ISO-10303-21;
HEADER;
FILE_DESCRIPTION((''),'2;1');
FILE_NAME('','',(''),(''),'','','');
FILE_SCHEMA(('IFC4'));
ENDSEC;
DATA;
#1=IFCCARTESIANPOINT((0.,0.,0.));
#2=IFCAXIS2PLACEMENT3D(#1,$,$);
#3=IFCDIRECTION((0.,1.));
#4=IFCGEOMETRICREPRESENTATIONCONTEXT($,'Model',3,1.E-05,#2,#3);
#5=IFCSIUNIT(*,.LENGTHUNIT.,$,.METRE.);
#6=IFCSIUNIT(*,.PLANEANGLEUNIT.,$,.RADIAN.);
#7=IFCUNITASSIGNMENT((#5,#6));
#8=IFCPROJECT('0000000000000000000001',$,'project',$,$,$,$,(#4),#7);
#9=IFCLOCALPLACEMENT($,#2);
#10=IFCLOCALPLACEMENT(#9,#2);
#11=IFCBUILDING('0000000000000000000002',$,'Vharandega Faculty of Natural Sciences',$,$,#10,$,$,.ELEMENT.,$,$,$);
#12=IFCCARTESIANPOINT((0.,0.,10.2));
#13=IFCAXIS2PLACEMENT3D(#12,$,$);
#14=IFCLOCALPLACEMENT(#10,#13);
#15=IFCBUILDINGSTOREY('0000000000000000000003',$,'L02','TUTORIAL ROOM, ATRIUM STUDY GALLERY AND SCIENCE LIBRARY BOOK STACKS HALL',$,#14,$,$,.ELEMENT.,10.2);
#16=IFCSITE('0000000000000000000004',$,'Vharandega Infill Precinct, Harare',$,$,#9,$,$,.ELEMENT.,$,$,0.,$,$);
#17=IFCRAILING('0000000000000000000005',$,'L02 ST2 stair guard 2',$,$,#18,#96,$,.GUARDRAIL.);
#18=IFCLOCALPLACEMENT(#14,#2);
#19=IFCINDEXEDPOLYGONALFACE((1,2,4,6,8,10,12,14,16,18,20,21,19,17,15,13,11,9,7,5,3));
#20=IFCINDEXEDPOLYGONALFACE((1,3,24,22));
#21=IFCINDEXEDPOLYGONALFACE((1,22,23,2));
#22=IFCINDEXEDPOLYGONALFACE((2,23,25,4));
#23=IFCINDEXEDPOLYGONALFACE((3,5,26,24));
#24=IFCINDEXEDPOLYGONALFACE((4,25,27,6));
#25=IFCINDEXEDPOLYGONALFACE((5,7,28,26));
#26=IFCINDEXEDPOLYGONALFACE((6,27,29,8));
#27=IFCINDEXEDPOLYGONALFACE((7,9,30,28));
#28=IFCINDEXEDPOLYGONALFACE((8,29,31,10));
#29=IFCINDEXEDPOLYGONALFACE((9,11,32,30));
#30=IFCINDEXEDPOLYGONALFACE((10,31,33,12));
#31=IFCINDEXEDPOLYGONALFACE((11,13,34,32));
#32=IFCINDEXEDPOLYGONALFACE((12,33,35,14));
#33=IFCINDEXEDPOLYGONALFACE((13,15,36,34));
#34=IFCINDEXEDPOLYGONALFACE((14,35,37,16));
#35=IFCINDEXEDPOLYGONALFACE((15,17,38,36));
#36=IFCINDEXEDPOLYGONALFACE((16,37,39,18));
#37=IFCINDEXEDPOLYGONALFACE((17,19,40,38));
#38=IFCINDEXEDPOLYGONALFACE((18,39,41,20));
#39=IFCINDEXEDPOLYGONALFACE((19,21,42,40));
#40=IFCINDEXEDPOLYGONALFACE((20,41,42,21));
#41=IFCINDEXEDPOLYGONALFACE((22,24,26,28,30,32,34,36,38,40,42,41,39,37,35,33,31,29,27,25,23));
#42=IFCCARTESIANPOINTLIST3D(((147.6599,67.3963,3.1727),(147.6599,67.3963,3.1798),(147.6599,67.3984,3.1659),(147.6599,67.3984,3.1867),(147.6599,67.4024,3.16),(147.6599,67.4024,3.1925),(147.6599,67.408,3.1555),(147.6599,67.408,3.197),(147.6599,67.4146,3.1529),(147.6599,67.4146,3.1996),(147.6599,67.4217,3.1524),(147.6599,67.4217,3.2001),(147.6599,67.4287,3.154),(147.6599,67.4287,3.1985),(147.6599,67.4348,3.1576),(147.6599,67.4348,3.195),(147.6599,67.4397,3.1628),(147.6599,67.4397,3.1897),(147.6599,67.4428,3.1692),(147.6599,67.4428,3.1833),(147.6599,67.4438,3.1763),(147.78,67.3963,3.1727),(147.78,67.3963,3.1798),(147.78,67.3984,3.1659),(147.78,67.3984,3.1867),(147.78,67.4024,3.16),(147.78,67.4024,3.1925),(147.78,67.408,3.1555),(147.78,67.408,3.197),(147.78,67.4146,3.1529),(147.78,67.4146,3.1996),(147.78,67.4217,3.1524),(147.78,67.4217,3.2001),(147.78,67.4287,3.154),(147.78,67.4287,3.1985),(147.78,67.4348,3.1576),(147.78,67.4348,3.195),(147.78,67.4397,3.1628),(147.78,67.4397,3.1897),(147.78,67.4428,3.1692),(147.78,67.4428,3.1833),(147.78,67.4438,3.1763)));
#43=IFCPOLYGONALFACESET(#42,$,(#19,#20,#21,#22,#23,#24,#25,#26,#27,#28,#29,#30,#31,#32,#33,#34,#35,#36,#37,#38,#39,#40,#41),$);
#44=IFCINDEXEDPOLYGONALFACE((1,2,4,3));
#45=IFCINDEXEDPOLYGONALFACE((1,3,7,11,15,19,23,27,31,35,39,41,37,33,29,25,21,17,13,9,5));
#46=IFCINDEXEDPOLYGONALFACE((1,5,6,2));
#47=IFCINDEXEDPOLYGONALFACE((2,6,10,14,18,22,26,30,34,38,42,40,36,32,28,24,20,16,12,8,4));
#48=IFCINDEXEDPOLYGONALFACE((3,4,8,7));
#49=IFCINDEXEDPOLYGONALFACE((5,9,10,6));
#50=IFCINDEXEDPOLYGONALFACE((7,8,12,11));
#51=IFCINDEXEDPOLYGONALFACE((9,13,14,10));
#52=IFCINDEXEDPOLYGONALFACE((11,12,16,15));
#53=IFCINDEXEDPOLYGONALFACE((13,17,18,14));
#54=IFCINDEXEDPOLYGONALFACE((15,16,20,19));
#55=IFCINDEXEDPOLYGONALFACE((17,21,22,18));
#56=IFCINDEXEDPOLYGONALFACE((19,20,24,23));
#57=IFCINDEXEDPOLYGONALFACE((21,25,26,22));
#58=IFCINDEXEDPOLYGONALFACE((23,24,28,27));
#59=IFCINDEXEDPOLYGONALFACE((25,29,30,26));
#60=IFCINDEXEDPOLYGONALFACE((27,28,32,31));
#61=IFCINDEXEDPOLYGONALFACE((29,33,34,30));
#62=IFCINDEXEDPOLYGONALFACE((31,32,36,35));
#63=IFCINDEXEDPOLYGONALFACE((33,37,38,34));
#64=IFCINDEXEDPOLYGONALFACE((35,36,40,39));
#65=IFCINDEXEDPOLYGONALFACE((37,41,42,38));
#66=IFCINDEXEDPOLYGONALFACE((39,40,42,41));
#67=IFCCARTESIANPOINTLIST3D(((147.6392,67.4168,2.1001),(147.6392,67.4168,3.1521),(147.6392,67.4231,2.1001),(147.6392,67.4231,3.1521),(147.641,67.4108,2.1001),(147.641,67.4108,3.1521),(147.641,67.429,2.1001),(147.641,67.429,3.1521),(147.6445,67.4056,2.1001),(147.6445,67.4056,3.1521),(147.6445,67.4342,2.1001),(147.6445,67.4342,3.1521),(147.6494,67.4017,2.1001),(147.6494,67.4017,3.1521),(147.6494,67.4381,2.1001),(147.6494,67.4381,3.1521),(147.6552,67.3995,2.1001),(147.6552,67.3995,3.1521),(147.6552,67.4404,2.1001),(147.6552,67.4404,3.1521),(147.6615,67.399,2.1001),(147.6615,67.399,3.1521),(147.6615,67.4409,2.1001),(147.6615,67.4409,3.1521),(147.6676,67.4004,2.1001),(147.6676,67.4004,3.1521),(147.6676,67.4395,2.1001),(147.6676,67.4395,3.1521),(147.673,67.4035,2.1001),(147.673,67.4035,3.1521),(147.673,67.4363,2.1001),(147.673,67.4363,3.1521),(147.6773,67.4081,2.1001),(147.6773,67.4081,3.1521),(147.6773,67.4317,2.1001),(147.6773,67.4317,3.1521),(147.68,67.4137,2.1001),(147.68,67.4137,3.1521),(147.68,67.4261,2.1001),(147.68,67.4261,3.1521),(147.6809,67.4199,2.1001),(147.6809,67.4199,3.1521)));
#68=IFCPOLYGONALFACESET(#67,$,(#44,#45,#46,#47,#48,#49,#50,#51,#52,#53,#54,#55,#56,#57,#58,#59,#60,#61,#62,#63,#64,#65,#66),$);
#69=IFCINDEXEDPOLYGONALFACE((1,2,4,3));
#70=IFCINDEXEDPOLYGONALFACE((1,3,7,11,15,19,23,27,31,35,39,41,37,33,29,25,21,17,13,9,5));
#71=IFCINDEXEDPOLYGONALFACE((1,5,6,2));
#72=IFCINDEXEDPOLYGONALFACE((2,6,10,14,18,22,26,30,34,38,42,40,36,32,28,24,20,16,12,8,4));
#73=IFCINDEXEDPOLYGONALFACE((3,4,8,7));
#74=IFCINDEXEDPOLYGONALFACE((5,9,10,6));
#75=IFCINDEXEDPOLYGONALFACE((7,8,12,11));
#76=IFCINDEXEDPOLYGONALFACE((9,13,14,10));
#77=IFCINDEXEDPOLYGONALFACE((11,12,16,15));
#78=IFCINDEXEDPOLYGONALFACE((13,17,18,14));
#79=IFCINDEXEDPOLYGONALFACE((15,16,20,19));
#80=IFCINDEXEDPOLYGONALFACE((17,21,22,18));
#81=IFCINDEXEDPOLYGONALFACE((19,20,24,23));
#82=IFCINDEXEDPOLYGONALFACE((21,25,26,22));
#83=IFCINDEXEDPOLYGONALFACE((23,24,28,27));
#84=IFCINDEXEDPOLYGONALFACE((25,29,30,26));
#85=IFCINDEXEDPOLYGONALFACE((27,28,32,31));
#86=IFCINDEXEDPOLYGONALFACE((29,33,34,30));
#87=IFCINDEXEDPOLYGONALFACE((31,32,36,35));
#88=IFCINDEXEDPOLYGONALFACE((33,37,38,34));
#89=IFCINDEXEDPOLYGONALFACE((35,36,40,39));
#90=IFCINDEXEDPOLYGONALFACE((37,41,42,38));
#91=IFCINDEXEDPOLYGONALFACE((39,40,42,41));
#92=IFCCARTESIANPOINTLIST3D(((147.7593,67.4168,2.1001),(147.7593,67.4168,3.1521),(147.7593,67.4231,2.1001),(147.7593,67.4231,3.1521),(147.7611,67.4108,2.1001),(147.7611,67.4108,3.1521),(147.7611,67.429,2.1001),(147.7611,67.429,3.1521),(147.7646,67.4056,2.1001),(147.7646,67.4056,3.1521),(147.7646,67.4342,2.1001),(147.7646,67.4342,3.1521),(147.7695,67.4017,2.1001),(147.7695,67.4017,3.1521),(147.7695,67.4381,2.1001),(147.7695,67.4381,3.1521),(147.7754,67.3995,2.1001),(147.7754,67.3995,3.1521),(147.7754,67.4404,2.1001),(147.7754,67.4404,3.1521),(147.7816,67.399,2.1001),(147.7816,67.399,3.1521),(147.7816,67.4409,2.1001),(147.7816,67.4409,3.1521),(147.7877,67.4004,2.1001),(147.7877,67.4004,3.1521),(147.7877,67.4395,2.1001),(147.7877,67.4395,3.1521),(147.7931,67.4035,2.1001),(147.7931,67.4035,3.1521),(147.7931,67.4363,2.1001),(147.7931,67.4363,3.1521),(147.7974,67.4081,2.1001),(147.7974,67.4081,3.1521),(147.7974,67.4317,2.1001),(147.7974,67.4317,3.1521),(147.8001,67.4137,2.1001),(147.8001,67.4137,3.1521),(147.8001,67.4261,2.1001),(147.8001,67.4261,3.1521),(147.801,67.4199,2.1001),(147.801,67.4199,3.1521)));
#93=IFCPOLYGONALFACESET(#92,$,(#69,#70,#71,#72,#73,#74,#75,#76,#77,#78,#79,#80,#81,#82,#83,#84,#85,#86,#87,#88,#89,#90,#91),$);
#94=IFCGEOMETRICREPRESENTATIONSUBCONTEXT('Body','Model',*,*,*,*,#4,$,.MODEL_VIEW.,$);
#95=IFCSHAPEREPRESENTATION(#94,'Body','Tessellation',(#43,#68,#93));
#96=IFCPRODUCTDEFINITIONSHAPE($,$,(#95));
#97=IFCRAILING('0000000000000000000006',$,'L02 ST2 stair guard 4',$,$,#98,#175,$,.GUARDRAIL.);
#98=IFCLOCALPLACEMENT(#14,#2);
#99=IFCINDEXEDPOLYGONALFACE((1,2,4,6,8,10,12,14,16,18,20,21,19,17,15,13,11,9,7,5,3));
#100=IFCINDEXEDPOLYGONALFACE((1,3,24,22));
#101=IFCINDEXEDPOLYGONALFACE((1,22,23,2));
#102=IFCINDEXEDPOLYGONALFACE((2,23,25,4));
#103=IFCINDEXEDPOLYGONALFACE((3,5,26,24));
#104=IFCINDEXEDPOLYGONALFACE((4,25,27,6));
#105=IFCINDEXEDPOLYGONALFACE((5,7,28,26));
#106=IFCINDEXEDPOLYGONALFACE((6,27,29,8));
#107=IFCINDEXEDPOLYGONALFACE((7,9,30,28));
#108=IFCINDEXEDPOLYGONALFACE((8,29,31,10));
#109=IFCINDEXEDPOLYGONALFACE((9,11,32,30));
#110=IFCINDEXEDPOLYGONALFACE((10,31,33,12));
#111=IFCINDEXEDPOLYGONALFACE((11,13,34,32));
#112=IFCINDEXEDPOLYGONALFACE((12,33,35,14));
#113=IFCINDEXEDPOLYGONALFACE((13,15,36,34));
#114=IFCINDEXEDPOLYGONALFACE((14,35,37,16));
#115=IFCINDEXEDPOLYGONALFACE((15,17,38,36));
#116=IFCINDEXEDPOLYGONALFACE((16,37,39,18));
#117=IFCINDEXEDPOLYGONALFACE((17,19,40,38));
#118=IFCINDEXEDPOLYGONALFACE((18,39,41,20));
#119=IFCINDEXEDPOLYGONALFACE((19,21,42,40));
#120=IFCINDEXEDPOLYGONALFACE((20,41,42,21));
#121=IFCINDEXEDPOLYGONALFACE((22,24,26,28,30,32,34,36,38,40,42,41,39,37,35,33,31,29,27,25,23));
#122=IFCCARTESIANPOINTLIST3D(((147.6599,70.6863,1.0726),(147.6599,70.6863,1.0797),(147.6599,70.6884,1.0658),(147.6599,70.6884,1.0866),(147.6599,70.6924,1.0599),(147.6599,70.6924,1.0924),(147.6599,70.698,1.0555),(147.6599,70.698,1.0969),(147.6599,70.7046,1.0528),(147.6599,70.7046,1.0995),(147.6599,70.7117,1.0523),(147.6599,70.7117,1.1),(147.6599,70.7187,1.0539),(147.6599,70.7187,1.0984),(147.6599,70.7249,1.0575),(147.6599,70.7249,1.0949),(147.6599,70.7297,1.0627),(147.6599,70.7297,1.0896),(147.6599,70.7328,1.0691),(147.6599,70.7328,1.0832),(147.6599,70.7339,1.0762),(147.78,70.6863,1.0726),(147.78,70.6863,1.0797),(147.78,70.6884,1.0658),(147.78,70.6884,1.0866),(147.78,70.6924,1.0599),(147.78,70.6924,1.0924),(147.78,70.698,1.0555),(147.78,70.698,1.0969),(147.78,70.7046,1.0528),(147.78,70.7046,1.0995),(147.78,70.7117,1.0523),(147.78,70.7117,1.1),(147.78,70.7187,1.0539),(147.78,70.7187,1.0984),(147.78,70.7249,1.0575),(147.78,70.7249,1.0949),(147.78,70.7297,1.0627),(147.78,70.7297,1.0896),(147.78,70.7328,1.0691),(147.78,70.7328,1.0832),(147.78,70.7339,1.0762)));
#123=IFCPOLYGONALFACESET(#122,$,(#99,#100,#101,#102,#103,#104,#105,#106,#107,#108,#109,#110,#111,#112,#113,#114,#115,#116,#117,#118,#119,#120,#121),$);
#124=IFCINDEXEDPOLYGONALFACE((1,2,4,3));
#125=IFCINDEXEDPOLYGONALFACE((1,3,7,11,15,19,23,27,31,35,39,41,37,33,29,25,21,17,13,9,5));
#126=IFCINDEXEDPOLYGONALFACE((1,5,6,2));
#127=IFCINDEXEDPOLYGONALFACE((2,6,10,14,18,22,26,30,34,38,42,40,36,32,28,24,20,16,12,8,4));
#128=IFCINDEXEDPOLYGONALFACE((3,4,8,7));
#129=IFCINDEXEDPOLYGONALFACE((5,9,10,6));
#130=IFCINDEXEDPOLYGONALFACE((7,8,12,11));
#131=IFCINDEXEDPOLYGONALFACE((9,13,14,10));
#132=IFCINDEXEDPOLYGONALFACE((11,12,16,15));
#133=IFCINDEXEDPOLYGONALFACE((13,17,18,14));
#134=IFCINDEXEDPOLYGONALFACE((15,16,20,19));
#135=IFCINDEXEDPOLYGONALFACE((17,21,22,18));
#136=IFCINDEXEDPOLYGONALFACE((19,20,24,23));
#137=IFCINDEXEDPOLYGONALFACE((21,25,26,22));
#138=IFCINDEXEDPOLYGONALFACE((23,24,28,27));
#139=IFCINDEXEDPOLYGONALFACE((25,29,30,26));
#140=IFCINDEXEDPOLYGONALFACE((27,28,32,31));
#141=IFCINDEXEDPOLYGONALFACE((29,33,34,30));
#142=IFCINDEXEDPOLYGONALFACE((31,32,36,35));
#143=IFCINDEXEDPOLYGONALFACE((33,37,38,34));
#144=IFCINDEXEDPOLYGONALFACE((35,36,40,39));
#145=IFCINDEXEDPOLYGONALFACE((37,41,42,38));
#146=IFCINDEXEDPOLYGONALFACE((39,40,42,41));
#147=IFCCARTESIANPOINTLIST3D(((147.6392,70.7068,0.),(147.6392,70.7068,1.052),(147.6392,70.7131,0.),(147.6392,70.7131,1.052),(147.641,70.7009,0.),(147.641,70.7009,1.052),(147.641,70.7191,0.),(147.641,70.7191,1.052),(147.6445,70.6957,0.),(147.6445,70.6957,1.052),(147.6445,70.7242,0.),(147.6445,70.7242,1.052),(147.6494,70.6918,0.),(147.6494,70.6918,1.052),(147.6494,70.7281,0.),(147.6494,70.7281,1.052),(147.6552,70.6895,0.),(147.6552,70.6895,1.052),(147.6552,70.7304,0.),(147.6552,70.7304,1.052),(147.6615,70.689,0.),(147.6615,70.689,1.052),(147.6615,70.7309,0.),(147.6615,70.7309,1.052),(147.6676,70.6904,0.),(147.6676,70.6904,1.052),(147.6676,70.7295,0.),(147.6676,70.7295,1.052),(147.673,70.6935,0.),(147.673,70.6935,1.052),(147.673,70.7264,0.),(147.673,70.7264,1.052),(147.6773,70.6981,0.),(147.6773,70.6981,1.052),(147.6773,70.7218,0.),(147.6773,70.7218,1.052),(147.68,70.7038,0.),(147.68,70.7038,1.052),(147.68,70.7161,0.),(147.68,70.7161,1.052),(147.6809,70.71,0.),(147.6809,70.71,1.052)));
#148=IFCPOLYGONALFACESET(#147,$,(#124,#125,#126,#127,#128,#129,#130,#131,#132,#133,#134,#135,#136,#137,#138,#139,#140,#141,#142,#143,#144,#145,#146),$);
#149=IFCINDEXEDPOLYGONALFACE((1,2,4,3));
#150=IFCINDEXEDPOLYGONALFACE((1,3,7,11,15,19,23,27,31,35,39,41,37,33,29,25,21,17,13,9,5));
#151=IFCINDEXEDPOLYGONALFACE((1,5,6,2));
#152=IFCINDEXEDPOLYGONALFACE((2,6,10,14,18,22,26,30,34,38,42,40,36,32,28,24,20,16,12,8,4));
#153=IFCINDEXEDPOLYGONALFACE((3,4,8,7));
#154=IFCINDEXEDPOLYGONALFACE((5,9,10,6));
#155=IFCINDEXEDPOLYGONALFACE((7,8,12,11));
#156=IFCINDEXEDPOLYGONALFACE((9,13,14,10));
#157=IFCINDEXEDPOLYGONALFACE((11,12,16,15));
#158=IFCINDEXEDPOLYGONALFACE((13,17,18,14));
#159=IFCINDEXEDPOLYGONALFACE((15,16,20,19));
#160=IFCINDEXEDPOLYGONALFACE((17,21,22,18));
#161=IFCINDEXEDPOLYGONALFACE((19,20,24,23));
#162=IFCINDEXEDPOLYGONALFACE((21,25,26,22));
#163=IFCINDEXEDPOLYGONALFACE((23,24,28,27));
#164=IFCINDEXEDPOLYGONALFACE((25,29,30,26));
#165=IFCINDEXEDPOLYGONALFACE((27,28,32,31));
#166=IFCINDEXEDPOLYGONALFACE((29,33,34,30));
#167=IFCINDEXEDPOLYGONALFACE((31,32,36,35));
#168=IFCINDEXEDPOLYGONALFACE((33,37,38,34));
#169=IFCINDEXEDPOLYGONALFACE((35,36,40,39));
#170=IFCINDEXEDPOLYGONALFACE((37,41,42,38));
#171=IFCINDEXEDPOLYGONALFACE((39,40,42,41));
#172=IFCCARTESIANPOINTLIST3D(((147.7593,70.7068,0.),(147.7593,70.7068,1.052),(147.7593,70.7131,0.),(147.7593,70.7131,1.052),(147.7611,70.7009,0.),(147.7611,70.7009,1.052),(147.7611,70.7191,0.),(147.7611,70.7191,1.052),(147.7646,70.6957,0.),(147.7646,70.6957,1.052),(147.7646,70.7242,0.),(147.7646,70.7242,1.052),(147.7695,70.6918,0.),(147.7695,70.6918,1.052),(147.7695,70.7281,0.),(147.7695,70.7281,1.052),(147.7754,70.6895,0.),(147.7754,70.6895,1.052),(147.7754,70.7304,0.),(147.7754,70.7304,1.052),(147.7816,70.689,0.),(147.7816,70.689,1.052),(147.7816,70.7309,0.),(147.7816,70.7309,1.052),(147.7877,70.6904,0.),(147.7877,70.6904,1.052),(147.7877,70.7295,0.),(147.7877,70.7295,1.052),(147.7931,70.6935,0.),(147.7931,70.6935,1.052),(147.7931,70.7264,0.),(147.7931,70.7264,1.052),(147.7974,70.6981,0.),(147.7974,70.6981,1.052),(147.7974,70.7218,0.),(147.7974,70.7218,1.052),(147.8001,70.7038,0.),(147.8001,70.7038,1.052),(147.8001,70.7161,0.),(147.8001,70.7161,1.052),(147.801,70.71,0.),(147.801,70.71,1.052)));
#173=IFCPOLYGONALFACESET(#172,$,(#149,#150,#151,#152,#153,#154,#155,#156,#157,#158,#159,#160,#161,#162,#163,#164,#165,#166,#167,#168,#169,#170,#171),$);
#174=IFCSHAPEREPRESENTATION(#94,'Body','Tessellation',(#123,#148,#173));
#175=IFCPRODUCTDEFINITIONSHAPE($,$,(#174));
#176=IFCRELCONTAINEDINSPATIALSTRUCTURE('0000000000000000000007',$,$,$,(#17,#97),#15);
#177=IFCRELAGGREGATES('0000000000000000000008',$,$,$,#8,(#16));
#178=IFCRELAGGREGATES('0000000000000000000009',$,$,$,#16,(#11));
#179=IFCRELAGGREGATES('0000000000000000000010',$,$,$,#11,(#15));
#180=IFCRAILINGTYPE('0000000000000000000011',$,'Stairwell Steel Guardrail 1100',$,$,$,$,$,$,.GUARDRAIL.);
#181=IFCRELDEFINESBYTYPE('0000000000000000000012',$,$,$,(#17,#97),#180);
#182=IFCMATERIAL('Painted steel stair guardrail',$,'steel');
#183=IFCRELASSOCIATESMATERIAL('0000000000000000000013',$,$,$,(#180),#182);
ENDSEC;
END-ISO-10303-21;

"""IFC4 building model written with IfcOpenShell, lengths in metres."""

from ifc_helpers import new_model, si_unit, direction, frame, origin, origin_2d, place, context, subcontext, project, spatial, circle, extrude, material, type_object, element, save


model = new_model("IFC4")

# Units and contexts
model_context = context("Model", 3, precision=1e-05, world=origin(), true_north=direction((0.0, 1.0)))
body_context = subcontext(model_context, "Body", "Model", "MODEL_VIEW")
ifc_project = project(units=[si_unit("LENGTHUNIT", "METRE"), si_unit("PLANEANGLEUNIT", "RADIAN")], contexts=[model_context])

# Site, building, storey
site_placement = place(None, origin())
site = spatial("IfcSite", under=ifc_project, at=site_placement, Name="Vharandega Infill Precinct, Harare", CompositionType="ELEMENT", RefElevation=0.0)
building_placement = place(site_placement, origin())
building = spatial("IfcBuilding", under=site, at=building_placement, Name="Vharandega Faculty of Natural Sciences", CompositionType="ELEMENT")
storey_placement = place(building_placement, frame((0.0, 0.0, 10.2)))
storey = spatial("IfcBuildingStorey", under=building, at=storey_placement, Name="L02", Description="TUTORIAL ROOM, ATRIUM STUDY GALLERY AND SCIENCE LIBRARY BOOK STACKS HALL", CompositionType="ELEMENT", Elevation=10.2)

# Railings
ifc_material_1 = material(Name="Painted steel stair guardrail", Category="steel")
railing_type_1 = type_object("IfcRailingType", Name="Stairwell Steel Guardrail 1100", PredefinedType="GUARDRAIL", material=ifc_material_1)
for number, where, name in (
    (1, (147.6599, 67.4199, 2.1001), "L02 ST2 stair guard 2"),
    (2, (147.6599, 70.71, 0.0), "L02 ST2 stair guard 4"),
):
    element("IfcRailing", number, at=place(storey_placement, frame(where)), inside=storey, type_object=railing_type_1, Name=name, PredefinedType="GUARDRAIL", context=body_context, shape_type="SweptSolid", body=[
        extrude(circle(Radius=0.0239, at=origin_2d()), frame((0.0, 0.0, 1.0762), z_axis=(1.0, 0.0, 0.0), x_axis=(0.0, 1.0, 0.0)), (0.0, 0.0, 1.0), 0.1201),
        extrude(circle(Radius=0.021, at=origin_2d()), origin(), (0.0, 0.0, 1.0), 1.052),
        extrude(circle(Radius=0.021, at=origin_2d()), frame((0.1201, 0.0, 0.0)), (0.0, 0.0, 1.0), 1.052),
    ])

save(model, "model.ifc")
